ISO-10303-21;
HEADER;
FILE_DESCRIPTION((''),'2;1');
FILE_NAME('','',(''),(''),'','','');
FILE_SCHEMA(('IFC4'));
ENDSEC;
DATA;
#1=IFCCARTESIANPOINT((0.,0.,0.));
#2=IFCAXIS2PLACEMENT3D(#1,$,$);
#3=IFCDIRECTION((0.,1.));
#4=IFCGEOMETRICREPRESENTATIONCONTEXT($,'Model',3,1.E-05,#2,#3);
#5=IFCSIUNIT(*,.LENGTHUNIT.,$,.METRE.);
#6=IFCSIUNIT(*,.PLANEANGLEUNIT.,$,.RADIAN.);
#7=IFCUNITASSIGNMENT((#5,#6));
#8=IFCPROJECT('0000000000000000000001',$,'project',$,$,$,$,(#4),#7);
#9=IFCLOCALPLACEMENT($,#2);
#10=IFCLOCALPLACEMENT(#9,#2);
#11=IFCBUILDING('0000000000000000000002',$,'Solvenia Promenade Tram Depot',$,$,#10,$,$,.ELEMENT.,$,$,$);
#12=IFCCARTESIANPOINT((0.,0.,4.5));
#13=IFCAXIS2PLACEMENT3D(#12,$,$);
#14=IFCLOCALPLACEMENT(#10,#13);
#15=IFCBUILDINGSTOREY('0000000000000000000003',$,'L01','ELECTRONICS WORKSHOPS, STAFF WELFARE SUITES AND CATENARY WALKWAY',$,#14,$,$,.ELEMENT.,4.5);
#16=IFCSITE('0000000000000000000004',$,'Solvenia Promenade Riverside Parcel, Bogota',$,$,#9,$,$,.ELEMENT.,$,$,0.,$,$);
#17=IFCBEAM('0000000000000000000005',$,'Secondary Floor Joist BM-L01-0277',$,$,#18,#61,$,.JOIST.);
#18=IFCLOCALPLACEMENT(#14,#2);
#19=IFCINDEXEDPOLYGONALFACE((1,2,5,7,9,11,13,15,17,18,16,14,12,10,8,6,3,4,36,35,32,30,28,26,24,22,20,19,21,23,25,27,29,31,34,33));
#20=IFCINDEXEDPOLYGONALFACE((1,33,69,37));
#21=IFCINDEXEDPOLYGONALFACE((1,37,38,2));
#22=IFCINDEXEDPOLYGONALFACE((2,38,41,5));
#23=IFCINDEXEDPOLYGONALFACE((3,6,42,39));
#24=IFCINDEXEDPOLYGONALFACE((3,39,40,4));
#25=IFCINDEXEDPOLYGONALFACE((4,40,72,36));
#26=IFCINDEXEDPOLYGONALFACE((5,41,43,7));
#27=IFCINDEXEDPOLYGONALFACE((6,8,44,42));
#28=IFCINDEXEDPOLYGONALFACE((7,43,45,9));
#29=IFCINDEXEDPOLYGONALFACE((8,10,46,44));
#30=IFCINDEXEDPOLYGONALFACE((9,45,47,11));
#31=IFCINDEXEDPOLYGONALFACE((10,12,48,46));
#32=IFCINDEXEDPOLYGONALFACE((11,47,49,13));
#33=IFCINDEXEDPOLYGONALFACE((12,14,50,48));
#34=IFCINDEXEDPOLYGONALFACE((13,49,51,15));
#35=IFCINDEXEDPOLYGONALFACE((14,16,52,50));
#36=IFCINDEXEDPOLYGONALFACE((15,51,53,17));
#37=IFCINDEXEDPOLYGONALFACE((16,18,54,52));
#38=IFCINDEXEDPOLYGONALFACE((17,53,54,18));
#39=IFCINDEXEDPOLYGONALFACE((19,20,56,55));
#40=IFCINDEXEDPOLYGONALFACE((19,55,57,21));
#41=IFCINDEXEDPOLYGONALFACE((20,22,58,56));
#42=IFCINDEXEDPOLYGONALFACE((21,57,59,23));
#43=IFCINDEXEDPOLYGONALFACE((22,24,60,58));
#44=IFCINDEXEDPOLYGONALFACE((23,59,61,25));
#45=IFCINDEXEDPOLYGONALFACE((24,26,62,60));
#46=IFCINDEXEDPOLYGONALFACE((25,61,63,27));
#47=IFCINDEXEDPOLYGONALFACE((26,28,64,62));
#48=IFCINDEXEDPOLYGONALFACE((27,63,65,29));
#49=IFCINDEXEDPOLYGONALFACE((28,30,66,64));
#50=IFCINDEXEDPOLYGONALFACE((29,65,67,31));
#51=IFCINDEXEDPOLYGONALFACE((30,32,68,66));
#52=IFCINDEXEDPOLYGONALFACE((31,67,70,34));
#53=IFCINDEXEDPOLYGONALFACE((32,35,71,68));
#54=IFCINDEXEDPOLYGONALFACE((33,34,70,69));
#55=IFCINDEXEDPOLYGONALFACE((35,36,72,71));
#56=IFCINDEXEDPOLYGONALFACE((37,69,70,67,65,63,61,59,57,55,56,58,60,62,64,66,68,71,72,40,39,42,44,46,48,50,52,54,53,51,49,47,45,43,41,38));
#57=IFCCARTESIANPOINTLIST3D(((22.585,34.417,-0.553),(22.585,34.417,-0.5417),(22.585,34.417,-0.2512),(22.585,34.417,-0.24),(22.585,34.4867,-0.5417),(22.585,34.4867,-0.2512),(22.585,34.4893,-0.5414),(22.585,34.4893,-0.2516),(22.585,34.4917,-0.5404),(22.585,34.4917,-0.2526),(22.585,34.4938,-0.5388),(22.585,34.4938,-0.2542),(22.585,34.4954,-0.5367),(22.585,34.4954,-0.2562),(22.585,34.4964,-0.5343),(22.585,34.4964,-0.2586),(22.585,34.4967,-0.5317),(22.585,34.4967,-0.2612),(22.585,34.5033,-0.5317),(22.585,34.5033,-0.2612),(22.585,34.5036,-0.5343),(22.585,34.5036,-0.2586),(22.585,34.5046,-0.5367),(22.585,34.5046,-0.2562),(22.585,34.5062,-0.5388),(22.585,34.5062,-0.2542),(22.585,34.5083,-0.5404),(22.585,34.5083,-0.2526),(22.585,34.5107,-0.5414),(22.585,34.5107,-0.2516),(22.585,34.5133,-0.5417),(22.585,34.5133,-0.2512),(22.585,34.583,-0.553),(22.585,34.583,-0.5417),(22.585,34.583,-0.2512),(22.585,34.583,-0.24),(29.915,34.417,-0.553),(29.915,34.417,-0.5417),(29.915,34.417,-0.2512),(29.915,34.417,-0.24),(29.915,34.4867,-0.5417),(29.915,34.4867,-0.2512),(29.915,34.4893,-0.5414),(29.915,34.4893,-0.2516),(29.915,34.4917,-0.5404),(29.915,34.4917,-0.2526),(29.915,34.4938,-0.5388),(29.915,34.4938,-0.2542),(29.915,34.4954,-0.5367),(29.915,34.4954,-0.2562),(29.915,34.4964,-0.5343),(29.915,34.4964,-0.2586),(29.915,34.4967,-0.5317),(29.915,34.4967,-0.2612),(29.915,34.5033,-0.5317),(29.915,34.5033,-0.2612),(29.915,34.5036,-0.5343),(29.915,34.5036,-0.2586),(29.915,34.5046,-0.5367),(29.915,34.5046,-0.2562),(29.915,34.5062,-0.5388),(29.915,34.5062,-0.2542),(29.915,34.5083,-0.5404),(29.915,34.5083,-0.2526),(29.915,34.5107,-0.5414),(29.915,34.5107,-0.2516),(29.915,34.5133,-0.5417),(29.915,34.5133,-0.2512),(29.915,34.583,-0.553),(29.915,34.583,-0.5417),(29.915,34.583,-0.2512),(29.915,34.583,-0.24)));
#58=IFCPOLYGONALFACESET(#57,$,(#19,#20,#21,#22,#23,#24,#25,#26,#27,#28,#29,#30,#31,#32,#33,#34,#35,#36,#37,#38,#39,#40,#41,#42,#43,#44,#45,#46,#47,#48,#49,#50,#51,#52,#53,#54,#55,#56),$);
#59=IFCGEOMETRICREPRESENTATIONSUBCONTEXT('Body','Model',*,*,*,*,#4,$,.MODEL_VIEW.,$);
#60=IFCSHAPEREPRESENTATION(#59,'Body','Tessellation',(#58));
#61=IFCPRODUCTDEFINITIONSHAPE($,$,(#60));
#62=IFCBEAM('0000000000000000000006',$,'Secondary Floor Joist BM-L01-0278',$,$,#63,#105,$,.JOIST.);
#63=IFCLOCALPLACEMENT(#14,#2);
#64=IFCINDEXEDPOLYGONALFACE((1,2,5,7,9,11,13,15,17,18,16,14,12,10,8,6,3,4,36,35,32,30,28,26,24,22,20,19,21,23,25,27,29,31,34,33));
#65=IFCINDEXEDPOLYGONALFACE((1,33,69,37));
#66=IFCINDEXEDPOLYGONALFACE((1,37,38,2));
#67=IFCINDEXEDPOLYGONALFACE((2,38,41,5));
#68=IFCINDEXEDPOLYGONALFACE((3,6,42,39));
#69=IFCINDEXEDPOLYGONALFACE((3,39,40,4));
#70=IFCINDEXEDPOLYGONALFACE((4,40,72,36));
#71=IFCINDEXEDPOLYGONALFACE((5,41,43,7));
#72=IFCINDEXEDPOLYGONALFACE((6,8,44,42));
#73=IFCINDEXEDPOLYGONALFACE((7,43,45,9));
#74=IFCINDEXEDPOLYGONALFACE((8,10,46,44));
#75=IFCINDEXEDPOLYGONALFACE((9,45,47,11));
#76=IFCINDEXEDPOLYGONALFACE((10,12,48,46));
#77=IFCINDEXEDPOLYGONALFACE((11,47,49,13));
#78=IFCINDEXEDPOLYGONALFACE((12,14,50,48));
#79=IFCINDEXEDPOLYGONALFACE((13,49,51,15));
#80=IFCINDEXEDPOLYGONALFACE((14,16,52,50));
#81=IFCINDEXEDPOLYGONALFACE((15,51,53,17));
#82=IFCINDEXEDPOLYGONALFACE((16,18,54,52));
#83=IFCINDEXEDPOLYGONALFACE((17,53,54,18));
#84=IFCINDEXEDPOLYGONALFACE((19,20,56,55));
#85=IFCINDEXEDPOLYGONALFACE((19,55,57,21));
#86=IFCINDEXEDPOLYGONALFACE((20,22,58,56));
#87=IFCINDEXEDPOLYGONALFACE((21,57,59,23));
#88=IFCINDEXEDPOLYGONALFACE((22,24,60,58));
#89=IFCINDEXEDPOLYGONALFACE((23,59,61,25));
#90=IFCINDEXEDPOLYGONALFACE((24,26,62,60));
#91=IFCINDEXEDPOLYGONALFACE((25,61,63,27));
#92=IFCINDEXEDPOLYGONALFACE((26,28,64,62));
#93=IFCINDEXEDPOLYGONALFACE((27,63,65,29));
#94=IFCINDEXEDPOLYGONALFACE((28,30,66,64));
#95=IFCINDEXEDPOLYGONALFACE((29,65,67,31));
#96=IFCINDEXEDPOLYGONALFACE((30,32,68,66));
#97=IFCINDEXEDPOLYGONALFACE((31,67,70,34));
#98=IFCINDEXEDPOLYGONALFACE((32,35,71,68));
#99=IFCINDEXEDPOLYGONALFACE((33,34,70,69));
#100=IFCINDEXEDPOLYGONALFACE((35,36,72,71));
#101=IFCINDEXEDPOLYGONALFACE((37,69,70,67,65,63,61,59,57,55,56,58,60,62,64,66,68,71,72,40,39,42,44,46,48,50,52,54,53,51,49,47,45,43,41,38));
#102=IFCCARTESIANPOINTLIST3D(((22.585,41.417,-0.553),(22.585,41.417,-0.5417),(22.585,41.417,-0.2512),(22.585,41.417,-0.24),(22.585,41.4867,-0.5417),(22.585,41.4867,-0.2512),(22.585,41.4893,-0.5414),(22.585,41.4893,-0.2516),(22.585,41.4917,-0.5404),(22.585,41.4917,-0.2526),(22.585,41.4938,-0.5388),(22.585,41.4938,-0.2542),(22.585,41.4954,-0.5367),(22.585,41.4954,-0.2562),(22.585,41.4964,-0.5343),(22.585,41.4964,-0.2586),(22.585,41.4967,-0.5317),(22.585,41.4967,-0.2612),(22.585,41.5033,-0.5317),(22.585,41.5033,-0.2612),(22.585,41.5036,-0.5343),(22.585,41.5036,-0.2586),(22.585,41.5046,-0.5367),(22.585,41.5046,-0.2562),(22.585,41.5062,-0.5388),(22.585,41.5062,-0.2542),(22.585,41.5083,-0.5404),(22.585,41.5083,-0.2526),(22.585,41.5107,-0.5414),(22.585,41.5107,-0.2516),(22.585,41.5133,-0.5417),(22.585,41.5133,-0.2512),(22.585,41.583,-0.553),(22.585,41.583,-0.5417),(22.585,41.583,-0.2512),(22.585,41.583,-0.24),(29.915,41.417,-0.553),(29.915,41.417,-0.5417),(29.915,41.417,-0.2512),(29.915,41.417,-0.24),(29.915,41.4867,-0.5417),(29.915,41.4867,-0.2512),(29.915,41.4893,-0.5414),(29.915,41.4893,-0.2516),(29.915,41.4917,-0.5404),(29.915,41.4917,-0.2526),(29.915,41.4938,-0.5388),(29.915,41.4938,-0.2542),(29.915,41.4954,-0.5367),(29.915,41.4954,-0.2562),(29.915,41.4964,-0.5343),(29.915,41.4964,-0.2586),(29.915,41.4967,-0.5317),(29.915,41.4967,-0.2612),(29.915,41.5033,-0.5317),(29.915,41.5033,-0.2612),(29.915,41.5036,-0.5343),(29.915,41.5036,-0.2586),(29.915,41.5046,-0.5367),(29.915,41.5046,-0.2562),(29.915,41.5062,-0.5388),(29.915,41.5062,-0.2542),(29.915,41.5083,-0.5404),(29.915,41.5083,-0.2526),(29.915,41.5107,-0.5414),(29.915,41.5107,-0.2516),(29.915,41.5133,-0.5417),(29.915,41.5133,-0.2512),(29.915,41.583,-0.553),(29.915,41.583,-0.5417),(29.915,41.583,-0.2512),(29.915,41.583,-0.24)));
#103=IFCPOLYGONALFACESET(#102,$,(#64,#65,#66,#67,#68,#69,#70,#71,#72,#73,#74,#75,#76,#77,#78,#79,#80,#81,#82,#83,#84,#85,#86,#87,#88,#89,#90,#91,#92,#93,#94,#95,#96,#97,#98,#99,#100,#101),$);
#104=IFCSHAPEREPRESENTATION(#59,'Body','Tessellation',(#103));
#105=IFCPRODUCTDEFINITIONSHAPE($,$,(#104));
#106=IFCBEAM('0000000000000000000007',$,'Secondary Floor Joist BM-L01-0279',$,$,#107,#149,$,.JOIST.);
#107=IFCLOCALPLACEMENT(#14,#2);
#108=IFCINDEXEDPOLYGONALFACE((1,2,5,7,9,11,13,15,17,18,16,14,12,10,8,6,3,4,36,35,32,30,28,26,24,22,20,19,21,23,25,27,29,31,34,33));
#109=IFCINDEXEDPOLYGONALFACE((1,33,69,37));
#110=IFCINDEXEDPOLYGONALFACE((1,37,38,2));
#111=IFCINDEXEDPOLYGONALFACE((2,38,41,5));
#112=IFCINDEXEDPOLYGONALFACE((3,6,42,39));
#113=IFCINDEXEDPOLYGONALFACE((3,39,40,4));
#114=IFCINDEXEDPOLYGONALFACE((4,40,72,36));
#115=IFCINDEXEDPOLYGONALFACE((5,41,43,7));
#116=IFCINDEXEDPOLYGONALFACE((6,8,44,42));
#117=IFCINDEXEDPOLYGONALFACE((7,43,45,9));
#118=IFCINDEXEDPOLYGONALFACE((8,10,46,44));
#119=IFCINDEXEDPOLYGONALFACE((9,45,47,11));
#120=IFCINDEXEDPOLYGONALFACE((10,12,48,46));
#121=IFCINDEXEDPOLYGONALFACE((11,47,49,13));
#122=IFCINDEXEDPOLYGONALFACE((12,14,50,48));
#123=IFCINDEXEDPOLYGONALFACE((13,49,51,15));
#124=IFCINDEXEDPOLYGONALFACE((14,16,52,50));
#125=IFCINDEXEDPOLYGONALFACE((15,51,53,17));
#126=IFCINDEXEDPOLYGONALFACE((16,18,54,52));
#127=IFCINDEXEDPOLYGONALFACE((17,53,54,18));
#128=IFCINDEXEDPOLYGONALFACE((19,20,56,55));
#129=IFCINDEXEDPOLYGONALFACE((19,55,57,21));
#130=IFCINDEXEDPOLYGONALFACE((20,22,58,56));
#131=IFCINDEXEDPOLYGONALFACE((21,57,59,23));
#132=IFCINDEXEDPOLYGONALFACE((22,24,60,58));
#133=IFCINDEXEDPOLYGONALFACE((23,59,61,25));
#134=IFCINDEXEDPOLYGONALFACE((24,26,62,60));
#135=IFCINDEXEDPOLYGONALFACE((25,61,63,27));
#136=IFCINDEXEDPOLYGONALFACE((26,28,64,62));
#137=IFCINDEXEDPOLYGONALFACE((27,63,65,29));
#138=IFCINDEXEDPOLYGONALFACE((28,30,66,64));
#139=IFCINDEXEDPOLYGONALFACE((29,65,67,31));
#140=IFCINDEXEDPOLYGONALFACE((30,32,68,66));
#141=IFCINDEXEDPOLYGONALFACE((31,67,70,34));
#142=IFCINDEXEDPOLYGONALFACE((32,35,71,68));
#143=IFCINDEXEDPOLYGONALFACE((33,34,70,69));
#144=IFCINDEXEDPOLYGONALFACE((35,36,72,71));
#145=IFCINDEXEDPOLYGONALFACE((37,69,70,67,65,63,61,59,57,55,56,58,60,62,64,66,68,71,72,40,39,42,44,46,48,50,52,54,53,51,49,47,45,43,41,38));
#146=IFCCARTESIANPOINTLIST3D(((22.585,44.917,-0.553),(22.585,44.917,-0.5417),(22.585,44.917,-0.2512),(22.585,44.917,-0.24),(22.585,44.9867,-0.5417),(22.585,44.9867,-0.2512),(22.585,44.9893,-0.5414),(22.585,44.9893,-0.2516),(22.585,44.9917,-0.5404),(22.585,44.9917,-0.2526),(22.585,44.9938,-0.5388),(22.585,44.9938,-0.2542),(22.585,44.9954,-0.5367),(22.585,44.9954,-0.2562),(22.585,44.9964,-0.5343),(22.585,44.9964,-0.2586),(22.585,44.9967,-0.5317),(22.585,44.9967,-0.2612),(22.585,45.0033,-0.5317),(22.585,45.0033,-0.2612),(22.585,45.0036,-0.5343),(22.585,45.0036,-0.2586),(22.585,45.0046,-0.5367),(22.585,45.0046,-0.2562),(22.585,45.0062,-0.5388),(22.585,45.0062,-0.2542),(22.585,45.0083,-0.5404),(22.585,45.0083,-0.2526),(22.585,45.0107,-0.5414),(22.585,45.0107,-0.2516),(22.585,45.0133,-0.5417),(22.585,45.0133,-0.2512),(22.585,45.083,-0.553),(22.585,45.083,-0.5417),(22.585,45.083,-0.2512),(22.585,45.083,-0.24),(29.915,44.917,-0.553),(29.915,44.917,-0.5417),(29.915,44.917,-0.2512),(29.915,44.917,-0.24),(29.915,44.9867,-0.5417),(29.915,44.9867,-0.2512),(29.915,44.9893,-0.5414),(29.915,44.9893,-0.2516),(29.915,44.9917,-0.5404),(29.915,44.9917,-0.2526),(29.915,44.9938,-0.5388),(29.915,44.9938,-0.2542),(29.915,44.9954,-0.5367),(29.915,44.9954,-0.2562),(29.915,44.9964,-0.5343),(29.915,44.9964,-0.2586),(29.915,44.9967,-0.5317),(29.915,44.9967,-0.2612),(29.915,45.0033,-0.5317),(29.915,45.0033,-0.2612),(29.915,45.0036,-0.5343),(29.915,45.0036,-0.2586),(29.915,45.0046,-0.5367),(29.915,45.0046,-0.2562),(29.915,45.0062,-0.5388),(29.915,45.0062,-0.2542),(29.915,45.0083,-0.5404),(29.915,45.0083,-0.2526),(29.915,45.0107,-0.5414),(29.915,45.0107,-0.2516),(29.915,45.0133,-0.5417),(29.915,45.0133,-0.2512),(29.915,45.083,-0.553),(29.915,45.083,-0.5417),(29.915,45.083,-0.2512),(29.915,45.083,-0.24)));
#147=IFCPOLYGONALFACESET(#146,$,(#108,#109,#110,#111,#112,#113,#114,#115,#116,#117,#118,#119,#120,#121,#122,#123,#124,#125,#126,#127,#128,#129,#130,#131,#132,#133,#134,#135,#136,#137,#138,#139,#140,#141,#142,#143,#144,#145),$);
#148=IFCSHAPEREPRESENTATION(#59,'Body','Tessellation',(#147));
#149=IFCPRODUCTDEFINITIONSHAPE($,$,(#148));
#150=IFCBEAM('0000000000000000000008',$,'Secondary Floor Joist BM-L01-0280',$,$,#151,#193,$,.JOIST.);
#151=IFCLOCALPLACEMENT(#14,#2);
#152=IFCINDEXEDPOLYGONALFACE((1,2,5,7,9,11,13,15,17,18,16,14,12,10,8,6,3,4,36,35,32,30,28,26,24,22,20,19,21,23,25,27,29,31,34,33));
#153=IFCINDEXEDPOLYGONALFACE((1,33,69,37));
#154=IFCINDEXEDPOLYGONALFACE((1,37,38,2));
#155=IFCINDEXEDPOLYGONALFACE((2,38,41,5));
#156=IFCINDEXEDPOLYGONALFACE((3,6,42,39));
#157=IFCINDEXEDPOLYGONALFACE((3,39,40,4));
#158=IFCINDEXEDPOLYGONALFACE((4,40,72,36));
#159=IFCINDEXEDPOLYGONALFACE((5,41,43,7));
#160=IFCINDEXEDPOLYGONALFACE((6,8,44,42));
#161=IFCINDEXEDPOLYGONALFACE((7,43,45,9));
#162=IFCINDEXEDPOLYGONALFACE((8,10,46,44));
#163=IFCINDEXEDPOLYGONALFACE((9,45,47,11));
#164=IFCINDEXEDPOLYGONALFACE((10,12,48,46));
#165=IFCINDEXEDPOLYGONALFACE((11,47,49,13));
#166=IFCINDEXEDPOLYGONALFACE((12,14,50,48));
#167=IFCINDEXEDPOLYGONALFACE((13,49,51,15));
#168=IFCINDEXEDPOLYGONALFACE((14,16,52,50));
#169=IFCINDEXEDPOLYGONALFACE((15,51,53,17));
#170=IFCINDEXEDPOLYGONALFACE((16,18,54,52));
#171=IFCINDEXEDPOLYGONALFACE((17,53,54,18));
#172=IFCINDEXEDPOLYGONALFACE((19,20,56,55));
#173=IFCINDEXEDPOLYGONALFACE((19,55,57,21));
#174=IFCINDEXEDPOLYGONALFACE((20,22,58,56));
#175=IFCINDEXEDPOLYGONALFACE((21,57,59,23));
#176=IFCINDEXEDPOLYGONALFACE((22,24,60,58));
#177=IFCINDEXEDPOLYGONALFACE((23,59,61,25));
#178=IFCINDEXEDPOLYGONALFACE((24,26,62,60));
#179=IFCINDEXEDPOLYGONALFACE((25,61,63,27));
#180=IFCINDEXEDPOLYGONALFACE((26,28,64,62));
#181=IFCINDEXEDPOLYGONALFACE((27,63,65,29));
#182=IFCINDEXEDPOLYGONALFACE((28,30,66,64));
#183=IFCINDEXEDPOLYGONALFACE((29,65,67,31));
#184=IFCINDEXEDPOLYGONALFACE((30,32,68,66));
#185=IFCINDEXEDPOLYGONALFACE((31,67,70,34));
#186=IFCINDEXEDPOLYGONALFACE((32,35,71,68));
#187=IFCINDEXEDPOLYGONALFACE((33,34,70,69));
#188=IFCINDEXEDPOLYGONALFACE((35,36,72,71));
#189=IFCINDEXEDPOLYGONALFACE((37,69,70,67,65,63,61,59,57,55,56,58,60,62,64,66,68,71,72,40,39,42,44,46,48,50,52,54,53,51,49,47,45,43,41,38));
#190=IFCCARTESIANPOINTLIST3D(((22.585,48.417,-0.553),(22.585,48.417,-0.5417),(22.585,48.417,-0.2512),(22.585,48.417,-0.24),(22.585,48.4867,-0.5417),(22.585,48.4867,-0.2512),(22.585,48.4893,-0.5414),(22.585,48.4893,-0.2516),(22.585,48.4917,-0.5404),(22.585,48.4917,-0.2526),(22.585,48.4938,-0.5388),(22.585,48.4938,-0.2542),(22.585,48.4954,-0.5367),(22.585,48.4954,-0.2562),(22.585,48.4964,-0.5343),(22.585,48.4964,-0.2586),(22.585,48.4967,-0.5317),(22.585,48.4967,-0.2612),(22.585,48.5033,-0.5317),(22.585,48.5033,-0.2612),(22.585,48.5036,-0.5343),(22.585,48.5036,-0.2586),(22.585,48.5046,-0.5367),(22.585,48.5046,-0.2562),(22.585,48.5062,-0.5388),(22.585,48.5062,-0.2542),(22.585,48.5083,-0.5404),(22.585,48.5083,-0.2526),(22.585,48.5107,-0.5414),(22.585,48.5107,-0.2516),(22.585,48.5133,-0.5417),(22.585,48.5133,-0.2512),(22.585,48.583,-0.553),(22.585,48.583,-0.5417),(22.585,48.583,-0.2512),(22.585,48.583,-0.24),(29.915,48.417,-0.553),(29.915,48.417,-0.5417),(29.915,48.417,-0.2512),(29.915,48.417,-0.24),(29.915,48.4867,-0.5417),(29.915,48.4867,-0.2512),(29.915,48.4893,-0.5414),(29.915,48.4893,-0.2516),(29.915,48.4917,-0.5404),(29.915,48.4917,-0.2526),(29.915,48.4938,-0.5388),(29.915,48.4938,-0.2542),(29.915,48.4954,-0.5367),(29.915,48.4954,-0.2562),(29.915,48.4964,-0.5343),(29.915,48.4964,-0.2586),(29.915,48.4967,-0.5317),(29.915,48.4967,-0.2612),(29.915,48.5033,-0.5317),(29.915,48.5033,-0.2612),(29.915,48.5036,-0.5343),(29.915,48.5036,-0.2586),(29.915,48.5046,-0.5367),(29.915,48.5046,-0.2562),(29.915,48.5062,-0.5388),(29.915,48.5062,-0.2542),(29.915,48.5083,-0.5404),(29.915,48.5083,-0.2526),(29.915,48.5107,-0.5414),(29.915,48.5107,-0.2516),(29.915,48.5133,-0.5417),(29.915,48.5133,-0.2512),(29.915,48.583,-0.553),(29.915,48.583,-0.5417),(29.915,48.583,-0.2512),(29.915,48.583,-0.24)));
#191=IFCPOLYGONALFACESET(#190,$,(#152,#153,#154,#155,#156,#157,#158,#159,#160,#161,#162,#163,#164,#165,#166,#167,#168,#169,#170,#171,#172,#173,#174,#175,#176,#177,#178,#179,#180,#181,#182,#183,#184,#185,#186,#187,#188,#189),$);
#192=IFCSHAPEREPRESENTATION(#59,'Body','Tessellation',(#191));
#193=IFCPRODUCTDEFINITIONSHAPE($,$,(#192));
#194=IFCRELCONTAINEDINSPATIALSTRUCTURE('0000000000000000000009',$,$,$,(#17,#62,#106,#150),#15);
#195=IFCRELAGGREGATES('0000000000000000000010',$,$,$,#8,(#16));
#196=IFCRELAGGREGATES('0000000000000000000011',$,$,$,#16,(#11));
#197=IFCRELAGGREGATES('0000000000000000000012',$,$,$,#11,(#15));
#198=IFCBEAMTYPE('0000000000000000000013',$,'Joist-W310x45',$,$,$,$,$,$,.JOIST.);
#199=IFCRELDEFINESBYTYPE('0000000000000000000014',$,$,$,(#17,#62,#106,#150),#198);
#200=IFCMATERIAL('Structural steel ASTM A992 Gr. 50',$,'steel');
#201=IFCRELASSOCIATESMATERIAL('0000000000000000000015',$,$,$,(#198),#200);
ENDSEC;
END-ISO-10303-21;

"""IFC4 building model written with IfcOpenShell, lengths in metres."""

from ifc_helpers import new_model, si_unit, direction, frame, origin, origin_2d, place, context, subcontext, project, spatial, i_section, extrude, material, material_profile, profile_set, type_object, element, save


model = new_model("IFC4")

# Units and contexts
model_context = context("Model", 3, precision=1e-05, world=origin(), true_north=direction((0.0, 1.0)))
body_context = subcontext(model_context, "Body", "Model", "MODEL_VIEW")
ifc_project = project(units=[si_unit("LENGTHUNIT", "METRE"), si_unit("PLANEANGLEUNIT", "RADIAN")], contexts=[model_context])

# Site, building, storey
site_placement = place(None, origin())
site = spatial("IfcSite", under=ifc_project, at=site_placement, Name="Solvenia Promenade Riverside Parcel, Bogota", CompositionType="ELEMENT", RefElevation=0.0)
building_placement = place(site_placement, origin())
building = spatial("IfcBuilding", under=site, at=building_placement, Name="Solvenia Promenade Tram Depot", CompositionType="ELEMENT")
storey_placement = place(building_placement, frame((0.0, 0.0, 4.5)))
storey = spatial("IfcBuildingStorey", under=building, at=storey_placement, Name="L01", Description="ELECTRONICS WORKSHOPS, STAFF WELFARE SUITES AND CATENARY WALKWAY", CompositionType="ELEMENT", Elevation=4.5)

# Shared definitions
ifc_material_1 = material(Name="Structural steel ASTM A992 Gr. 50", Category="steel")

# Beams
ifc_material_profile_1 = material_profile(ifc_material_1, i_section(OverallWidth=0.166, OverallDepth=0.313, WebThickness=0.0066, FlangeThickness=0.0112, FilletRadius=0.01, at=origin_2d()), Name="W310x45", Category="steel")
ifc_profile_set_1 = profile_set([ifc_material_profile_1], Name="Structural steel ASTM A992 Gr. 50")
beam_type_1 = type_object("IfcBeamType", Name="Joist-W310x45", PredefinedType="JOIST", material=ifc_profile_set_1)
for number, where, z_axis, x_axis, name in (
    (1, (22.585, 34.5, -0.3965), (1.0, 0.0, 0.0), (0.0, 1.0, 0.0), "Secondary Floor Joist BM-L01-0277"),
    (2, (22.585, 41.5, -0.3965), (1.0, 0.0, 0.0), (0.0, 1.0, 0.0), "Secondary Floor Joist BM-L01-0278"),
    (3, (22.585, 45.0, -0.3965), (1.0, 0.0, 0.0), (0.0, 1.0, 0.0), "Secondary Floor Joist BM-L01-0279"),
    (4, (22.585, 48.5, -0.3965), (1.0, 0.0, 0.0), (0.0, 1.0, 0.0), "Secondary Floor Joist BM-L01-0280"),
):
    element("IfcBeam", number, at=place(storey_placement, frame(where, z_axis=z_axis, x_axis=x_axis)), inside=storey, type_object=beam_type_1, Name=name, PredefinedType="JOIST", context=body_context, shape_type="SweptSolid", body=[
        extrude(i_section(OverallWidth=0.166, OverallDepth=0.313, WebThickness=0.0066, FlangeThickness=0.0112, FilletRadius=0.01, at=origin_2d()), origin(), (0.0, 0.0, 1.0), 7.3301),
    ])

save(model, "model.ifc")
